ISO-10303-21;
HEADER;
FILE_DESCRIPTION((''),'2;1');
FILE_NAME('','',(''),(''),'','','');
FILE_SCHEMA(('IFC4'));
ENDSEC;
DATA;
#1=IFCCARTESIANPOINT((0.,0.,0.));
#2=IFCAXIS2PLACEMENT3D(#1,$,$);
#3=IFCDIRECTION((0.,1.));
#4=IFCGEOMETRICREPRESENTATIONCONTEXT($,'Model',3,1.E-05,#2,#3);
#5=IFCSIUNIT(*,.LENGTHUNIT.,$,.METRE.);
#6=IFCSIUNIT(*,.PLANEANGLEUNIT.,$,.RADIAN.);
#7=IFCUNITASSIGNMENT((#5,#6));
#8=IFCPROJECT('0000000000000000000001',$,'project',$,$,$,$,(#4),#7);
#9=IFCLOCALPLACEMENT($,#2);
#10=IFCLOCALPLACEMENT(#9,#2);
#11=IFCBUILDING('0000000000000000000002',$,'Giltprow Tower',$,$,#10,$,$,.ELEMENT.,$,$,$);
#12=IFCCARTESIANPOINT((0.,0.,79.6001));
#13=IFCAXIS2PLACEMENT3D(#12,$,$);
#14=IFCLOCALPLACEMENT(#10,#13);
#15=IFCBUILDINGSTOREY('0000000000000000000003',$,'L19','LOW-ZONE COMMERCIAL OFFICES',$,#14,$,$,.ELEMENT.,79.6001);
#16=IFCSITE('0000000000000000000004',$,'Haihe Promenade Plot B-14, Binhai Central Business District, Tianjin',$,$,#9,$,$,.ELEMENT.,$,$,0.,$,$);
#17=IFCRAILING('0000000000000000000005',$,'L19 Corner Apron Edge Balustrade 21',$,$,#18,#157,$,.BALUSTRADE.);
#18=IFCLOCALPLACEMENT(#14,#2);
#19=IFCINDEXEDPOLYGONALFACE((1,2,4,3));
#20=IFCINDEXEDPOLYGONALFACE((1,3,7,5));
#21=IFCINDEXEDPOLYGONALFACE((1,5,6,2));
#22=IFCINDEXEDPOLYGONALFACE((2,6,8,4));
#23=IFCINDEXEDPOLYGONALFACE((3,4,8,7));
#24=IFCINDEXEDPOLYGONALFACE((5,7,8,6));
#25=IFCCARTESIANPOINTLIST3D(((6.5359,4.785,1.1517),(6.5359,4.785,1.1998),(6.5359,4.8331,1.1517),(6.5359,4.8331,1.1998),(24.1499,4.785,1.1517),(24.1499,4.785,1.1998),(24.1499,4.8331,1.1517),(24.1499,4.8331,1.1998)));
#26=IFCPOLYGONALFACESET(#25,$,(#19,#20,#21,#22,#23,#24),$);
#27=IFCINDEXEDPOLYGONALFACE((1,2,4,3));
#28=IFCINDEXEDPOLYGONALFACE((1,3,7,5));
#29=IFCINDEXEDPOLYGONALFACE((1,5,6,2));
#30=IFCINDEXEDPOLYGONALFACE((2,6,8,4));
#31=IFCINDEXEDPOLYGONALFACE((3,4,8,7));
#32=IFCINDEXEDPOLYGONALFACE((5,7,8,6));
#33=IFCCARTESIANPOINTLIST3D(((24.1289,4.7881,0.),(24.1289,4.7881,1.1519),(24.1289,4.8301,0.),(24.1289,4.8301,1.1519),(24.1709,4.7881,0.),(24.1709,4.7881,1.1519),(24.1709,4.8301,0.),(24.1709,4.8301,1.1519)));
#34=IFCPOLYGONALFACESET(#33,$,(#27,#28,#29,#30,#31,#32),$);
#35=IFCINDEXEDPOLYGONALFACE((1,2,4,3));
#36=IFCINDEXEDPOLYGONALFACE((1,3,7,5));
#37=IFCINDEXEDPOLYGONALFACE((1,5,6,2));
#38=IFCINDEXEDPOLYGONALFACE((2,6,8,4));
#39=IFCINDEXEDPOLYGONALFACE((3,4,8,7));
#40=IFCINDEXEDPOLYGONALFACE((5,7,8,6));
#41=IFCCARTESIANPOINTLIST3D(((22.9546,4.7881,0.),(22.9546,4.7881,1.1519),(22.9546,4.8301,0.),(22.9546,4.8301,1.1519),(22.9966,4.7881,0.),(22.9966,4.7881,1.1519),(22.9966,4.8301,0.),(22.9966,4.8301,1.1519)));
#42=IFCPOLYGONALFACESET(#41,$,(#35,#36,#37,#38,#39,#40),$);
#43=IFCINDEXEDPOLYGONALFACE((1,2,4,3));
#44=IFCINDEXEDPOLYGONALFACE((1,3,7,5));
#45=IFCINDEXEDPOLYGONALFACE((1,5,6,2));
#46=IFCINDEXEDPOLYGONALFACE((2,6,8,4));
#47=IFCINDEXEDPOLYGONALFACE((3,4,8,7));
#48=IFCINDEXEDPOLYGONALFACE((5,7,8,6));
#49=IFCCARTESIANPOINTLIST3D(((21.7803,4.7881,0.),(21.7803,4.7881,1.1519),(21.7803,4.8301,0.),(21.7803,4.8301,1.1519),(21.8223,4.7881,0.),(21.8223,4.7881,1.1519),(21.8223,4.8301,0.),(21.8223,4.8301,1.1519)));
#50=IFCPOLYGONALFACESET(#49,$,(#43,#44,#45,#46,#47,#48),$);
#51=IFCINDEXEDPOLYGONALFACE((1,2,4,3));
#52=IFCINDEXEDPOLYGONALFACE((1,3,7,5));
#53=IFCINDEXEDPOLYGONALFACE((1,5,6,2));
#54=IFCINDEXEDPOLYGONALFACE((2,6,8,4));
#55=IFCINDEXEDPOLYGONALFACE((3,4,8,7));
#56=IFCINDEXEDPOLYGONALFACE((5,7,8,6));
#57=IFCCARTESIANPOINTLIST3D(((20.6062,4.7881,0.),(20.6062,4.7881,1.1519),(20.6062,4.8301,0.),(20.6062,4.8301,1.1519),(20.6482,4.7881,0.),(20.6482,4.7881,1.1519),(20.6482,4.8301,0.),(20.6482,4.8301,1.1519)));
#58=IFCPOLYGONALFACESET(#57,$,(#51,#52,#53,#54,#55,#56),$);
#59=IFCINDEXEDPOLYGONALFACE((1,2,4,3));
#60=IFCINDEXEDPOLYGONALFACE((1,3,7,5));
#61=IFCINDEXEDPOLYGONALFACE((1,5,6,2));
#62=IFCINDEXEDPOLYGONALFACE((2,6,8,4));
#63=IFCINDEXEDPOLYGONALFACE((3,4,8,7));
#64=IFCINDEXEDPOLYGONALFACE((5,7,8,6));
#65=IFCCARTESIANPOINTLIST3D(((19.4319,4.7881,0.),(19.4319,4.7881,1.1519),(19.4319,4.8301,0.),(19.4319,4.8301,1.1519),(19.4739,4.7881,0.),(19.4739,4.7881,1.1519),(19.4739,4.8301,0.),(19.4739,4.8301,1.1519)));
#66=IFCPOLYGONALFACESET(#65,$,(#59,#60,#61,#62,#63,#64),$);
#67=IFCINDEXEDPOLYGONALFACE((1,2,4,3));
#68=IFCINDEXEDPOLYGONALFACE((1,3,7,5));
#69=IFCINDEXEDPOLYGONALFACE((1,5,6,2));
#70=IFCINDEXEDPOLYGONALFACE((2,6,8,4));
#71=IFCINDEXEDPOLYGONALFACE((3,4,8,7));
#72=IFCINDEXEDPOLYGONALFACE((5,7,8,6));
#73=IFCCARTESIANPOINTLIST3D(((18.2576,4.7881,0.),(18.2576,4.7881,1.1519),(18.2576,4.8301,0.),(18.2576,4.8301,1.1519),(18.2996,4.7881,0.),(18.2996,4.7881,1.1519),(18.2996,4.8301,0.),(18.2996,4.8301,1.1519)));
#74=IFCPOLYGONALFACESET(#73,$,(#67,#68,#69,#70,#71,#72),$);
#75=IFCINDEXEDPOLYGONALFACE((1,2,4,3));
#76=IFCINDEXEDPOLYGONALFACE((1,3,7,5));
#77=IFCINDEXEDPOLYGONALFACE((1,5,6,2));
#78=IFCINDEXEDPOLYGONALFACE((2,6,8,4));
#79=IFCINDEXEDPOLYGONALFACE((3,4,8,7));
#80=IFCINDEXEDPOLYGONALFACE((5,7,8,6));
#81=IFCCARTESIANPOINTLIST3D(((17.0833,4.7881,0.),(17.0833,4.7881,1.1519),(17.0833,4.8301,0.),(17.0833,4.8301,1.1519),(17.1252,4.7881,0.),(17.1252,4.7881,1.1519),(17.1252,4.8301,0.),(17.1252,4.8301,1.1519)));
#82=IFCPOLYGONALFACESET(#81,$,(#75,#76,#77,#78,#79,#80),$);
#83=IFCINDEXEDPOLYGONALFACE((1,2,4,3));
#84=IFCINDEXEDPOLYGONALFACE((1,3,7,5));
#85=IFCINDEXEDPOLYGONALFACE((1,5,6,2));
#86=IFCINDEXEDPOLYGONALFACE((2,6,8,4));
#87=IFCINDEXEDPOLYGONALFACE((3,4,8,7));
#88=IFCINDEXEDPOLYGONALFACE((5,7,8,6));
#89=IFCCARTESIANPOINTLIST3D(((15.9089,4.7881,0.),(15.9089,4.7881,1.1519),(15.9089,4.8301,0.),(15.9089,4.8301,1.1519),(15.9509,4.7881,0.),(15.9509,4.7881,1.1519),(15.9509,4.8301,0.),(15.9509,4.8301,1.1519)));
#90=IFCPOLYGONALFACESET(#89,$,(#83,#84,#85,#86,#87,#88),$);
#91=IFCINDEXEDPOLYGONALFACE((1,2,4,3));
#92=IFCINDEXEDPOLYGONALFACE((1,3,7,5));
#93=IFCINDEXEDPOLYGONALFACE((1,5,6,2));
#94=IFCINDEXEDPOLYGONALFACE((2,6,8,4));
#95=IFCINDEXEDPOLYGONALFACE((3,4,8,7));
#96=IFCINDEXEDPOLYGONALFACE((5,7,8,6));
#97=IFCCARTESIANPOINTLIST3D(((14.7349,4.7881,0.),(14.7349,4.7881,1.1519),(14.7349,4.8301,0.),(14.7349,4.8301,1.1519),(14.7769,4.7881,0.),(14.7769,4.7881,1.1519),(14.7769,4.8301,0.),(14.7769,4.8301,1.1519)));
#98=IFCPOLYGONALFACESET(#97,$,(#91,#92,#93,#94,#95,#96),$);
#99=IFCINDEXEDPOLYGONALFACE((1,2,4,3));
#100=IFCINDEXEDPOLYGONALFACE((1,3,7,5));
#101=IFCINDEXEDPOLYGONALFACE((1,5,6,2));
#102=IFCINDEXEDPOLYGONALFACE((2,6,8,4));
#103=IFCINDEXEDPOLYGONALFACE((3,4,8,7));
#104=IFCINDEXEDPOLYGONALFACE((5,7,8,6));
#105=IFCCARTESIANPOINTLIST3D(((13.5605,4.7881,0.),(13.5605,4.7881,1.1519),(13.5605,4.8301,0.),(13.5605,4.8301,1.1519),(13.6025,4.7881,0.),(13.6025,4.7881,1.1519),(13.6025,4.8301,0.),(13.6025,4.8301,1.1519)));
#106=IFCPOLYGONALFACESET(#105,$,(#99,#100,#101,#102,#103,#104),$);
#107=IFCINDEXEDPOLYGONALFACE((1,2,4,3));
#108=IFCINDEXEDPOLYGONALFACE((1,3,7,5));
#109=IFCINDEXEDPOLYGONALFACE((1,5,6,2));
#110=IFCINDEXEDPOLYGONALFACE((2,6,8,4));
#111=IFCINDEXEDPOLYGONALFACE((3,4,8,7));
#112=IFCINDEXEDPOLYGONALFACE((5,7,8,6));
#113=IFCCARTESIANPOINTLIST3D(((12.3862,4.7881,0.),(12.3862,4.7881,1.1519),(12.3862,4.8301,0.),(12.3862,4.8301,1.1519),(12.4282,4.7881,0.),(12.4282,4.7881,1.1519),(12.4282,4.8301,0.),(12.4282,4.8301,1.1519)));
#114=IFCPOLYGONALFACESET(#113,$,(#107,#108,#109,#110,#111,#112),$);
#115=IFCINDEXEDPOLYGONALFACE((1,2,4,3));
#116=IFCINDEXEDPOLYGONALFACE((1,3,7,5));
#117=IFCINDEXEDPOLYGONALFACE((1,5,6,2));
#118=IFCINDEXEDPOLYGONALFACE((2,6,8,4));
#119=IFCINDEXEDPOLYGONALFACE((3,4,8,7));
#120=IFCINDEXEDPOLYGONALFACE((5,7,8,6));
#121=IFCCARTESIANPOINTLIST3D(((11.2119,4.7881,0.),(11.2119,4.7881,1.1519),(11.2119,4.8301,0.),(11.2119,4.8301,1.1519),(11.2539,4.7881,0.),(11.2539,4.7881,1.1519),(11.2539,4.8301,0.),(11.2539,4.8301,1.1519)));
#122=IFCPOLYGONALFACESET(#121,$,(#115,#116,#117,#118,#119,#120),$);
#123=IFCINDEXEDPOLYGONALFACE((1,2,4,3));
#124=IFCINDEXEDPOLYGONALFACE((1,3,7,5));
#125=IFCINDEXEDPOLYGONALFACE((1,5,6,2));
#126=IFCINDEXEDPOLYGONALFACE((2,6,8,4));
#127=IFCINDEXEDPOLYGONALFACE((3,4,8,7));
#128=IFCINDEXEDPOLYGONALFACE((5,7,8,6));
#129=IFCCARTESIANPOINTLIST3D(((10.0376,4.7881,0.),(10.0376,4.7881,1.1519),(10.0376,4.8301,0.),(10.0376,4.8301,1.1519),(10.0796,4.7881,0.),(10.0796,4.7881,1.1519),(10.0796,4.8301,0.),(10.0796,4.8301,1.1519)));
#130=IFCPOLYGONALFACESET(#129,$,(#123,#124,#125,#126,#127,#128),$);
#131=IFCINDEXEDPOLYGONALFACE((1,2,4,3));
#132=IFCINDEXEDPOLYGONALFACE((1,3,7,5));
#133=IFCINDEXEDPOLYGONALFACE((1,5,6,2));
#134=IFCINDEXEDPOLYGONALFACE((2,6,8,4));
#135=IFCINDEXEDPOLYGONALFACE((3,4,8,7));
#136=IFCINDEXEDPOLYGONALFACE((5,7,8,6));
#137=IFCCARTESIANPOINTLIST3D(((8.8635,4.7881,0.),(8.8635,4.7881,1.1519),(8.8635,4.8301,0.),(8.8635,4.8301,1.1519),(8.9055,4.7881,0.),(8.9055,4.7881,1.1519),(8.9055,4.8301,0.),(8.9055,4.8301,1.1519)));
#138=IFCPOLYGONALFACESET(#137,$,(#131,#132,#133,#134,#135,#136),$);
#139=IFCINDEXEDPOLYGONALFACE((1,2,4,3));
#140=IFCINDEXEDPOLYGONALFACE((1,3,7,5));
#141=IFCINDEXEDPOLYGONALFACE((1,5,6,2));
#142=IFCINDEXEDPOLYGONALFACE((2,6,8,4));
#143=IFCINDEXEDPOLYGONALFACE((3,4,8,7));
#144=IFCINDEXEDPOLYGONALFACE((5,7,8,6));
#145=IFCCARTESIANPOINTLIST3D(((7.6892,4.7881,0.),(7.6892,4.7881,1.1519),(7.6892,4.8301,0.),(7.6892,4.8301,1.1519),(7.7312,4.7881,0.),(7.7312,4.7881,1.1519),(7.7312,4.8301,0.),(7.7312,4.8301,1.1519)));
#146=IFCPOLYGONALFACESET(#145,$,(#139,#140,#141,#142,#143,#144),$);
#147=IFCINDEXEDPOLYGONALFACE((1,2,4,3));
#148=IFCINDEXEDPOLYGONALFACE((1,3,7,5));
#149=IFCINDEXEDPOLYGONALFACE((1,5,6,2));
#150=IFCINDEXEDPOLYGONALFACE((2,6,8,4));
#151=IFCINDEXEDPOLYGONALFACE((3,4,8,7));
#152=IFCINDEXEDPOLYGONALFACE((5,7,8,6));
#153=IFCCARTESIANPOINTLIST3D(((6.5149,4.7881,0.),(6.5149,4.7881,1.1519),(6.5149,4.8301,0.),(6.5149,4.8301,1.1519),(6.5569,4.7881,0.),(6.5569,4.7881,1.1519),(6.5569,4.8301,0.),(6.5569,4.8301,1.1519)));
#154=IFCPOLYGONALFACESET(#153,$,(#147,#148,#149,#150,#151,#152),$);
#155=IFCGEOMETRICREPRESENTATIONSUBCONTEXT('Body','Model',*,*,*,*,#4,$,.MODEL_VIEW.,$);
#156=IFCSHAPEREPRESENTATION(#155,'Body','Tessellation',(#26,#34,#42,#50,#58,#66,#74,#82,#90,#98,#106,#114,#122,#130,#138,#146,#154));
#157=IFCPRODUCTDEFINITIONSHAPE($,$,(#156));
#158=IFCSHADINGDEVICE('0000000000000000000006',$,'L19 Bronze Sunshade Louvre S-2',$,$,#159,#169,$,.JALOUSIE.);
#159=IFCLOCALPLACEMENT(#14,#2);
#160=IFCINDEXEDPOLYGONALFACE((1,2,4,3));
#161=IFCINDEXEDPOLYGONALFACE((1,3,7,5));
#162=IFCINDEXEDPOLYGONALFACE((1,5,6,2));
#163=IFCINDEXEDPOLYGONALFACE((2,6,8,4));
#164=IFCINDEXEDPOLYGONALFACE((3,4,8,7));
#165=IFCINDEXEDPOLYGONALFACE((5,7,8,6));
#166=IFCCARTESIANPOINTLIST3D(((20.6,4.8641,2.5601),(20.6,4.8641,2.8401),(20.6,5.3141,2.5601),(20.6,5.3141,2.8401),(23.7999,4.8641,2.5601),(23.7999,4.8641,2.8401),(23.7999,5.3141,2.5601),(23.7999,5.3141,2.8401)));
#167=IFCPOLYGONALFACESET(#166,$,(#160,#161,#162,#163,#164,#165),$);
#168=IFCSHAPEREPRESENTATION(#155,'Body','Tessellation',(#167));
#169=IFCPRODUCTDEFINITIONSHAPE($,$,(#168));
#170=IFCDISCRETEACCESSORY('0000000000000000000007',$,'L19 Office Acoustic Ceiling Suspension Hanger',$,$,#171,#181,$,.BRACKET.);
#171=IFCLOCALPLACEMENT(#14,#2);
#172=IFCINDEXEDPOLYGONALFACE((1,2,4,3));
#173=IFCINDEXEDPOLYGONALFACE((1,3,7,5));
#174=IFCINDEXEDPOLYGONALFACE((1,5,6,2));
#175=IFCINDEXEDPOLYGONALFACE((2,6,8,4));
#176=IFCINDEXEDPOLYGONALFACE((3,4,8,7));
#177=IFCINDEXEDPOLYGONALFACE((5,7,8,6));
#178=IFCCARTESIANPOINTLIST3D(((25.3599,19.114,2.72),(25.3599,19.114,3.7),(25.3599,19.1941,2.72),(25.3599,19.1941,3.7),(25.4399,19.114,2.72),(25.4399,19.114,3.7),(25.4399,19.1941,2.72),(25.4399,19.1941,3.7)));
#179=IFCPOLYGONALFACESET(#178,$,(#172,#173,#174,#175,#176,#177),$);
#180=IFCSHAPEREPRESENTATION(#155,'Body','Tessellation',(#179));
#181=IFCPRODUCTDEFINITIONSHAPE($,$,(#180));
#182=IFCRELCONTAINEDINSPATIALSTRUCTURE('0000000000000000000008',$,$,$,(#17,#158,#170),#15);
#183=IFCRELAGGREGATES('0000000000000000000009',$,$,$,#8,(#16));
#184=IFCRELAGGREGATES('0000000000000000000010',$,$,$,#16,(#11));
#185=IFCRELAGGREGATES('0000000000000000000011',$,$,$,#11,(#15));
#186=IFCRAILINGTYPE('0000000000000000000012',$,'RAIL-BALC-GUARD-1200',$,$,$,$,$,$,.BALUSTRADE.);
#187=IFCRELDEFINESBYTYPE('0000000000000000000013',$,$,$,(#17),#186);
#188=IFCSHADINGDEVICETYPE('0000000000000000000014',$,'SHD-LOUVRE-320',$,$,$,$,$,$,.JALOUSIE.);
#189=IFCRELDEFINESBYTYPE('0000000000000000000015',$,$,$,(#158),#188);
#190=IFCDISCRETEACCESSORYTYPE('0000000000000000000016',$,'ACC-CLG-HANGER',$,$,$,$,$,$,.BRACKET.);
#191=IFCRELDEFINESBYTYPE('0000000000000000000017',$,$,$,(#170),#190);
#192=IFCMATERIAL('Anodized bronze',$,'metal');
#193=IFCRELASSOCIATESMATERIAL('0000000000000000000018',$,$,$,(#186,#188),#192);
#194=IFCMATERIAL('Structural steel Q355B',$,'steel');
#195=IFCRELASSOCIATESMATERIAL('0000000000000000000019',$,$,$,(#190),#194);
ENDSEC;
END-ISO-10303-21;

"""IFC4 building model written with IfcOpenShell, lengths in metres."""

from ifc_helpers import new_model, si_unit, direction, frame, origin, origin_2d, place, context, subcontext, project, spatial, rectangle, extrude, source, transform, mapped, material, type_object, element, save


model = new_model("IFC4")

# Units and contexts
model_context = context("Model", 3, precision=1e-05, world=origin(), true_north=direction((0.0, 1.0)))
body_context = subcontext(model_context, "Body", "Model", "MODEL_VIEW")
ifc_project = project(units=[si_unit("LENGTHUNIT", "METRE"), si_unit("PLANEANGLEUNIT", "RADIAN")], contexts=[model_context])

# Site, building, storey
site_placement = place(None, origin())
site = spatial("IfcSite", under=ifc_project, at=site_placement, Name="Haihe Promenade Plot B-14, Binhai Central Business District, Tianjin", CompositionType="ELEMENT", RefElevation=0.0)
building_placement = place(site_placement, origin())
building = spatial("IfcBuilding", under=site, at=building_placement, Name="Giltprow Tower", CompositionType="ELEMENT")
storey_placement = place(building_placement, frame((0.0, 0.0, 79.6001)))
storey = spatial("IfcBuildingStorey", under=building, at=storey_placement, Name="L19", Description="LOW-ZONE COMMERCIAL OFFICES", CompositionType="ELEMENT", Elevation=79.6001)

# Shared definitions
ifc_material_1 = material(Name="Structural steel Q355B", Category="steel")

# Shared definitions
ifc_material_2 = material(Name="Anodized bronze", Category="metal")

# Railing
railing_type = type_object("IfcRailingType", Name="RAIL-BALC-GUARD-1200", PredefinedType="BALUSTRADE", material=ifc_material_2)
railing_1_placement = place(storey_placement, frame((24.1499, 4.8091, 0.0)))
element("IfcRailing", 1, at=railing_1_placement, inside=storey, type_object=railing_type, Name="L19 Corner Apron Edge Balustrade 21", PredefinedType="BALUSTRADE", context=body_context, shape_type="SweptSolid", body=[
    extrude(rectangle(XDim=0.0481, YDim=0.0481, at=origin_2d()), frame((0.0, 0.0, 1.1758), z_axis=(-1.0, 0.0, 0.0), x_axis=(0.0, -1.0, 0.0)), (0.0, 0.0, 1.0), 17.614),
    extrude(rectangle(XDim=0.042, YDim=0.042, at=origin_2d()), origin(), (0.0, 0.0, 1.0), 1.1519),
    extrude(rectangle(XDim=0.042, YDim=0.042, at=origin_2d()), frame((-1.1743, 0.0, 0.0)), (0.0, 0.0, 1.0), 1.1519),
    extrude(rectangle(XDim=0.042, YDim=0.042, at=origin_2d()), frame((-2.3486, 0.0, 0.0)), (0.0, 0.0, 1.0), 1.1519),
    extrude(rectangle(XDim=0.042, YDim=0.042, at=origin_2d()), frame((-3.5227, 0.0, 0.0)), (0.0, 0.0, 1.0), 1.1519),
    extrude(rectangle(XDim=0.042, YDim=0.042, at=origin_2d()), frame((-4.697, 0.0, 0.0)), (0.0, 0.0, 1.0), 1.1519),
    extrude(rectangle(XDim=0.042, YDim=0.042, at=origin_2d()), frame((-5.8713, 0.0, 0.0)), (0.0, 0.0, 1.0), 1.1519),
    extrude(rectangle(XDim=0.042, YDim=0.042, at=origin_2d()), frame((-7.0457, 0.0, 0.0)), (0.0, 0.0, 1.0), 1.1519),
    extrude(rectangle(XDim=0.042, YDim=0.042, at=origin_2d()), frame((-8.22, 0.0, 0.0)), (0.0, 0.0, 1.0), 1.1519),
    extrude(rectangle(XDim=0.042, YDim=0.042, at=origin_2d()), frame((-9.394, 0.0, 0.0)), (0.0, 0.0, 1.0), 1.1519),
    extrude(rectangle(XDim=0.042, YDim=0.042, at=origin_2d()), frame((-10.5684, 0.0, 0.0)), (0.0, 0.0, 1.0), 1.1519),
    extrude(rectangle(XDim=0.042, YDim=0.042, at=origin_2d()), frame((-11.7427, 0.0, 0.0)), (0.0, 0.0, 1.0), 1.1519),
    extrude(rectangle(XDim=0.042, YDim=0.042, at=origin_2d()), frame((-12.917, 0.0, 0.0)), (0.0, 0.0, 1.0), 1.1519),
    extrude(rectangle(XDim=0.042, YDim=0.042, at=origin_2d()), frame((-14.0913, 0.0, 0.0)), (0.0, 0.0, 1.0), 1.1519),
    extrude(rectangle(XDim=0.042, YDim=0.042, at=origin_2d()), frame((-15.2654, 0.0, 0.0)), (0.0, 0.0, 1.0), 1.1519),
    extrude(rectangle(XDim=0.042, YDim=0.042, at=origin_2d()), frame((-16.4397, 0.0, 0.0)), (0.0, 0.0, 1.0), 1.1519),
    extrude(rectangle(XDim=0.042, YDim=0.042, at=origin_2d()), frame((-17.614, 0.0, 0.0)), (0.0, 0.0, 1.0), 1.1519),
])

# Shading device
shading_device_type = type_object("IfcShadingDeviceType", Name="SHD-LOUVRE-320", PredefinedType="JALOUSIE", material=ifc_material_2)
shared_shape_1 = source(origin(), body_context, "Body", "SweptSolid", [
    extrude(rectangle(XDim=3.2, YDim=0.45, at=origin_2d()), origin(), (0.0, 0.0, 1.0), 0.28),
])
shading_device_placement = place(storey_placement, frame((22.2, 5.0891, 2.5601), z_axis=(0.0, 0.0, 1.0), x_axis=(1.0, 0.0, 0.0)))
element("IfcShadingDevice", 2, at=shading_device_placement, inside=storey, type_object=shading_device_type, Name="L19 Bronze Sunshade Louvre S-2", PredefinedType="JALOUSIE", context=body_context, shape_type="MappedRepresentation", body=[
    mapped(shared_shape_1, transform((0.0, 0.0, 0.0), x_axis=(1.0, 0.0, 0.0), y_axis=(0.0, 1.0, 0.0), z_axis=(0.0, 0.0, 1.0), scale=1.0)),
])

# Discrete accessory
discrete_accessory_type = type_object("IfcDiscreteAccessoryType", Name="ACC-CLG-HANGER", PredefinedType="BRACKET", material=ifc_material_1)
shared_shape_2 = source(origin(), body_context, "Body", "SweptSolid", [
    extrude(rectangle(XDim=0.0801, YDim=0.0801, at=origin_2d()), origin(), (0.0, 0.0, 1.0), 0.98),
])
discrete_accessory_placement = place(storey_placement, frame((25.3999, 19.1541, 2.72), z_axis=(0.0, 0.0, 1.0), x_axis=(1.0, 0.0, 0.0)))
element("IfcDiscreteAccessory", 3, at=discrete_accessory_placement, inside=storey, type_object=discrete_accessory_type, Name="L19 Office Acoustic Ceiling Suspension Hanger", PredefinedType="BRACKET", context=body_context, shape_type="MappedRepresentation", body=[
    mapped(shared_shape_2, transform((0.0, 0.0, 0.0), x_axis=(1.0, 0.0, 0.0), y_axis=(0.0, 1.0, 0.0), z_axis=(0.0, 0.0, 1.0), scale=1.0)),
])

save(model, "model.ifc")
